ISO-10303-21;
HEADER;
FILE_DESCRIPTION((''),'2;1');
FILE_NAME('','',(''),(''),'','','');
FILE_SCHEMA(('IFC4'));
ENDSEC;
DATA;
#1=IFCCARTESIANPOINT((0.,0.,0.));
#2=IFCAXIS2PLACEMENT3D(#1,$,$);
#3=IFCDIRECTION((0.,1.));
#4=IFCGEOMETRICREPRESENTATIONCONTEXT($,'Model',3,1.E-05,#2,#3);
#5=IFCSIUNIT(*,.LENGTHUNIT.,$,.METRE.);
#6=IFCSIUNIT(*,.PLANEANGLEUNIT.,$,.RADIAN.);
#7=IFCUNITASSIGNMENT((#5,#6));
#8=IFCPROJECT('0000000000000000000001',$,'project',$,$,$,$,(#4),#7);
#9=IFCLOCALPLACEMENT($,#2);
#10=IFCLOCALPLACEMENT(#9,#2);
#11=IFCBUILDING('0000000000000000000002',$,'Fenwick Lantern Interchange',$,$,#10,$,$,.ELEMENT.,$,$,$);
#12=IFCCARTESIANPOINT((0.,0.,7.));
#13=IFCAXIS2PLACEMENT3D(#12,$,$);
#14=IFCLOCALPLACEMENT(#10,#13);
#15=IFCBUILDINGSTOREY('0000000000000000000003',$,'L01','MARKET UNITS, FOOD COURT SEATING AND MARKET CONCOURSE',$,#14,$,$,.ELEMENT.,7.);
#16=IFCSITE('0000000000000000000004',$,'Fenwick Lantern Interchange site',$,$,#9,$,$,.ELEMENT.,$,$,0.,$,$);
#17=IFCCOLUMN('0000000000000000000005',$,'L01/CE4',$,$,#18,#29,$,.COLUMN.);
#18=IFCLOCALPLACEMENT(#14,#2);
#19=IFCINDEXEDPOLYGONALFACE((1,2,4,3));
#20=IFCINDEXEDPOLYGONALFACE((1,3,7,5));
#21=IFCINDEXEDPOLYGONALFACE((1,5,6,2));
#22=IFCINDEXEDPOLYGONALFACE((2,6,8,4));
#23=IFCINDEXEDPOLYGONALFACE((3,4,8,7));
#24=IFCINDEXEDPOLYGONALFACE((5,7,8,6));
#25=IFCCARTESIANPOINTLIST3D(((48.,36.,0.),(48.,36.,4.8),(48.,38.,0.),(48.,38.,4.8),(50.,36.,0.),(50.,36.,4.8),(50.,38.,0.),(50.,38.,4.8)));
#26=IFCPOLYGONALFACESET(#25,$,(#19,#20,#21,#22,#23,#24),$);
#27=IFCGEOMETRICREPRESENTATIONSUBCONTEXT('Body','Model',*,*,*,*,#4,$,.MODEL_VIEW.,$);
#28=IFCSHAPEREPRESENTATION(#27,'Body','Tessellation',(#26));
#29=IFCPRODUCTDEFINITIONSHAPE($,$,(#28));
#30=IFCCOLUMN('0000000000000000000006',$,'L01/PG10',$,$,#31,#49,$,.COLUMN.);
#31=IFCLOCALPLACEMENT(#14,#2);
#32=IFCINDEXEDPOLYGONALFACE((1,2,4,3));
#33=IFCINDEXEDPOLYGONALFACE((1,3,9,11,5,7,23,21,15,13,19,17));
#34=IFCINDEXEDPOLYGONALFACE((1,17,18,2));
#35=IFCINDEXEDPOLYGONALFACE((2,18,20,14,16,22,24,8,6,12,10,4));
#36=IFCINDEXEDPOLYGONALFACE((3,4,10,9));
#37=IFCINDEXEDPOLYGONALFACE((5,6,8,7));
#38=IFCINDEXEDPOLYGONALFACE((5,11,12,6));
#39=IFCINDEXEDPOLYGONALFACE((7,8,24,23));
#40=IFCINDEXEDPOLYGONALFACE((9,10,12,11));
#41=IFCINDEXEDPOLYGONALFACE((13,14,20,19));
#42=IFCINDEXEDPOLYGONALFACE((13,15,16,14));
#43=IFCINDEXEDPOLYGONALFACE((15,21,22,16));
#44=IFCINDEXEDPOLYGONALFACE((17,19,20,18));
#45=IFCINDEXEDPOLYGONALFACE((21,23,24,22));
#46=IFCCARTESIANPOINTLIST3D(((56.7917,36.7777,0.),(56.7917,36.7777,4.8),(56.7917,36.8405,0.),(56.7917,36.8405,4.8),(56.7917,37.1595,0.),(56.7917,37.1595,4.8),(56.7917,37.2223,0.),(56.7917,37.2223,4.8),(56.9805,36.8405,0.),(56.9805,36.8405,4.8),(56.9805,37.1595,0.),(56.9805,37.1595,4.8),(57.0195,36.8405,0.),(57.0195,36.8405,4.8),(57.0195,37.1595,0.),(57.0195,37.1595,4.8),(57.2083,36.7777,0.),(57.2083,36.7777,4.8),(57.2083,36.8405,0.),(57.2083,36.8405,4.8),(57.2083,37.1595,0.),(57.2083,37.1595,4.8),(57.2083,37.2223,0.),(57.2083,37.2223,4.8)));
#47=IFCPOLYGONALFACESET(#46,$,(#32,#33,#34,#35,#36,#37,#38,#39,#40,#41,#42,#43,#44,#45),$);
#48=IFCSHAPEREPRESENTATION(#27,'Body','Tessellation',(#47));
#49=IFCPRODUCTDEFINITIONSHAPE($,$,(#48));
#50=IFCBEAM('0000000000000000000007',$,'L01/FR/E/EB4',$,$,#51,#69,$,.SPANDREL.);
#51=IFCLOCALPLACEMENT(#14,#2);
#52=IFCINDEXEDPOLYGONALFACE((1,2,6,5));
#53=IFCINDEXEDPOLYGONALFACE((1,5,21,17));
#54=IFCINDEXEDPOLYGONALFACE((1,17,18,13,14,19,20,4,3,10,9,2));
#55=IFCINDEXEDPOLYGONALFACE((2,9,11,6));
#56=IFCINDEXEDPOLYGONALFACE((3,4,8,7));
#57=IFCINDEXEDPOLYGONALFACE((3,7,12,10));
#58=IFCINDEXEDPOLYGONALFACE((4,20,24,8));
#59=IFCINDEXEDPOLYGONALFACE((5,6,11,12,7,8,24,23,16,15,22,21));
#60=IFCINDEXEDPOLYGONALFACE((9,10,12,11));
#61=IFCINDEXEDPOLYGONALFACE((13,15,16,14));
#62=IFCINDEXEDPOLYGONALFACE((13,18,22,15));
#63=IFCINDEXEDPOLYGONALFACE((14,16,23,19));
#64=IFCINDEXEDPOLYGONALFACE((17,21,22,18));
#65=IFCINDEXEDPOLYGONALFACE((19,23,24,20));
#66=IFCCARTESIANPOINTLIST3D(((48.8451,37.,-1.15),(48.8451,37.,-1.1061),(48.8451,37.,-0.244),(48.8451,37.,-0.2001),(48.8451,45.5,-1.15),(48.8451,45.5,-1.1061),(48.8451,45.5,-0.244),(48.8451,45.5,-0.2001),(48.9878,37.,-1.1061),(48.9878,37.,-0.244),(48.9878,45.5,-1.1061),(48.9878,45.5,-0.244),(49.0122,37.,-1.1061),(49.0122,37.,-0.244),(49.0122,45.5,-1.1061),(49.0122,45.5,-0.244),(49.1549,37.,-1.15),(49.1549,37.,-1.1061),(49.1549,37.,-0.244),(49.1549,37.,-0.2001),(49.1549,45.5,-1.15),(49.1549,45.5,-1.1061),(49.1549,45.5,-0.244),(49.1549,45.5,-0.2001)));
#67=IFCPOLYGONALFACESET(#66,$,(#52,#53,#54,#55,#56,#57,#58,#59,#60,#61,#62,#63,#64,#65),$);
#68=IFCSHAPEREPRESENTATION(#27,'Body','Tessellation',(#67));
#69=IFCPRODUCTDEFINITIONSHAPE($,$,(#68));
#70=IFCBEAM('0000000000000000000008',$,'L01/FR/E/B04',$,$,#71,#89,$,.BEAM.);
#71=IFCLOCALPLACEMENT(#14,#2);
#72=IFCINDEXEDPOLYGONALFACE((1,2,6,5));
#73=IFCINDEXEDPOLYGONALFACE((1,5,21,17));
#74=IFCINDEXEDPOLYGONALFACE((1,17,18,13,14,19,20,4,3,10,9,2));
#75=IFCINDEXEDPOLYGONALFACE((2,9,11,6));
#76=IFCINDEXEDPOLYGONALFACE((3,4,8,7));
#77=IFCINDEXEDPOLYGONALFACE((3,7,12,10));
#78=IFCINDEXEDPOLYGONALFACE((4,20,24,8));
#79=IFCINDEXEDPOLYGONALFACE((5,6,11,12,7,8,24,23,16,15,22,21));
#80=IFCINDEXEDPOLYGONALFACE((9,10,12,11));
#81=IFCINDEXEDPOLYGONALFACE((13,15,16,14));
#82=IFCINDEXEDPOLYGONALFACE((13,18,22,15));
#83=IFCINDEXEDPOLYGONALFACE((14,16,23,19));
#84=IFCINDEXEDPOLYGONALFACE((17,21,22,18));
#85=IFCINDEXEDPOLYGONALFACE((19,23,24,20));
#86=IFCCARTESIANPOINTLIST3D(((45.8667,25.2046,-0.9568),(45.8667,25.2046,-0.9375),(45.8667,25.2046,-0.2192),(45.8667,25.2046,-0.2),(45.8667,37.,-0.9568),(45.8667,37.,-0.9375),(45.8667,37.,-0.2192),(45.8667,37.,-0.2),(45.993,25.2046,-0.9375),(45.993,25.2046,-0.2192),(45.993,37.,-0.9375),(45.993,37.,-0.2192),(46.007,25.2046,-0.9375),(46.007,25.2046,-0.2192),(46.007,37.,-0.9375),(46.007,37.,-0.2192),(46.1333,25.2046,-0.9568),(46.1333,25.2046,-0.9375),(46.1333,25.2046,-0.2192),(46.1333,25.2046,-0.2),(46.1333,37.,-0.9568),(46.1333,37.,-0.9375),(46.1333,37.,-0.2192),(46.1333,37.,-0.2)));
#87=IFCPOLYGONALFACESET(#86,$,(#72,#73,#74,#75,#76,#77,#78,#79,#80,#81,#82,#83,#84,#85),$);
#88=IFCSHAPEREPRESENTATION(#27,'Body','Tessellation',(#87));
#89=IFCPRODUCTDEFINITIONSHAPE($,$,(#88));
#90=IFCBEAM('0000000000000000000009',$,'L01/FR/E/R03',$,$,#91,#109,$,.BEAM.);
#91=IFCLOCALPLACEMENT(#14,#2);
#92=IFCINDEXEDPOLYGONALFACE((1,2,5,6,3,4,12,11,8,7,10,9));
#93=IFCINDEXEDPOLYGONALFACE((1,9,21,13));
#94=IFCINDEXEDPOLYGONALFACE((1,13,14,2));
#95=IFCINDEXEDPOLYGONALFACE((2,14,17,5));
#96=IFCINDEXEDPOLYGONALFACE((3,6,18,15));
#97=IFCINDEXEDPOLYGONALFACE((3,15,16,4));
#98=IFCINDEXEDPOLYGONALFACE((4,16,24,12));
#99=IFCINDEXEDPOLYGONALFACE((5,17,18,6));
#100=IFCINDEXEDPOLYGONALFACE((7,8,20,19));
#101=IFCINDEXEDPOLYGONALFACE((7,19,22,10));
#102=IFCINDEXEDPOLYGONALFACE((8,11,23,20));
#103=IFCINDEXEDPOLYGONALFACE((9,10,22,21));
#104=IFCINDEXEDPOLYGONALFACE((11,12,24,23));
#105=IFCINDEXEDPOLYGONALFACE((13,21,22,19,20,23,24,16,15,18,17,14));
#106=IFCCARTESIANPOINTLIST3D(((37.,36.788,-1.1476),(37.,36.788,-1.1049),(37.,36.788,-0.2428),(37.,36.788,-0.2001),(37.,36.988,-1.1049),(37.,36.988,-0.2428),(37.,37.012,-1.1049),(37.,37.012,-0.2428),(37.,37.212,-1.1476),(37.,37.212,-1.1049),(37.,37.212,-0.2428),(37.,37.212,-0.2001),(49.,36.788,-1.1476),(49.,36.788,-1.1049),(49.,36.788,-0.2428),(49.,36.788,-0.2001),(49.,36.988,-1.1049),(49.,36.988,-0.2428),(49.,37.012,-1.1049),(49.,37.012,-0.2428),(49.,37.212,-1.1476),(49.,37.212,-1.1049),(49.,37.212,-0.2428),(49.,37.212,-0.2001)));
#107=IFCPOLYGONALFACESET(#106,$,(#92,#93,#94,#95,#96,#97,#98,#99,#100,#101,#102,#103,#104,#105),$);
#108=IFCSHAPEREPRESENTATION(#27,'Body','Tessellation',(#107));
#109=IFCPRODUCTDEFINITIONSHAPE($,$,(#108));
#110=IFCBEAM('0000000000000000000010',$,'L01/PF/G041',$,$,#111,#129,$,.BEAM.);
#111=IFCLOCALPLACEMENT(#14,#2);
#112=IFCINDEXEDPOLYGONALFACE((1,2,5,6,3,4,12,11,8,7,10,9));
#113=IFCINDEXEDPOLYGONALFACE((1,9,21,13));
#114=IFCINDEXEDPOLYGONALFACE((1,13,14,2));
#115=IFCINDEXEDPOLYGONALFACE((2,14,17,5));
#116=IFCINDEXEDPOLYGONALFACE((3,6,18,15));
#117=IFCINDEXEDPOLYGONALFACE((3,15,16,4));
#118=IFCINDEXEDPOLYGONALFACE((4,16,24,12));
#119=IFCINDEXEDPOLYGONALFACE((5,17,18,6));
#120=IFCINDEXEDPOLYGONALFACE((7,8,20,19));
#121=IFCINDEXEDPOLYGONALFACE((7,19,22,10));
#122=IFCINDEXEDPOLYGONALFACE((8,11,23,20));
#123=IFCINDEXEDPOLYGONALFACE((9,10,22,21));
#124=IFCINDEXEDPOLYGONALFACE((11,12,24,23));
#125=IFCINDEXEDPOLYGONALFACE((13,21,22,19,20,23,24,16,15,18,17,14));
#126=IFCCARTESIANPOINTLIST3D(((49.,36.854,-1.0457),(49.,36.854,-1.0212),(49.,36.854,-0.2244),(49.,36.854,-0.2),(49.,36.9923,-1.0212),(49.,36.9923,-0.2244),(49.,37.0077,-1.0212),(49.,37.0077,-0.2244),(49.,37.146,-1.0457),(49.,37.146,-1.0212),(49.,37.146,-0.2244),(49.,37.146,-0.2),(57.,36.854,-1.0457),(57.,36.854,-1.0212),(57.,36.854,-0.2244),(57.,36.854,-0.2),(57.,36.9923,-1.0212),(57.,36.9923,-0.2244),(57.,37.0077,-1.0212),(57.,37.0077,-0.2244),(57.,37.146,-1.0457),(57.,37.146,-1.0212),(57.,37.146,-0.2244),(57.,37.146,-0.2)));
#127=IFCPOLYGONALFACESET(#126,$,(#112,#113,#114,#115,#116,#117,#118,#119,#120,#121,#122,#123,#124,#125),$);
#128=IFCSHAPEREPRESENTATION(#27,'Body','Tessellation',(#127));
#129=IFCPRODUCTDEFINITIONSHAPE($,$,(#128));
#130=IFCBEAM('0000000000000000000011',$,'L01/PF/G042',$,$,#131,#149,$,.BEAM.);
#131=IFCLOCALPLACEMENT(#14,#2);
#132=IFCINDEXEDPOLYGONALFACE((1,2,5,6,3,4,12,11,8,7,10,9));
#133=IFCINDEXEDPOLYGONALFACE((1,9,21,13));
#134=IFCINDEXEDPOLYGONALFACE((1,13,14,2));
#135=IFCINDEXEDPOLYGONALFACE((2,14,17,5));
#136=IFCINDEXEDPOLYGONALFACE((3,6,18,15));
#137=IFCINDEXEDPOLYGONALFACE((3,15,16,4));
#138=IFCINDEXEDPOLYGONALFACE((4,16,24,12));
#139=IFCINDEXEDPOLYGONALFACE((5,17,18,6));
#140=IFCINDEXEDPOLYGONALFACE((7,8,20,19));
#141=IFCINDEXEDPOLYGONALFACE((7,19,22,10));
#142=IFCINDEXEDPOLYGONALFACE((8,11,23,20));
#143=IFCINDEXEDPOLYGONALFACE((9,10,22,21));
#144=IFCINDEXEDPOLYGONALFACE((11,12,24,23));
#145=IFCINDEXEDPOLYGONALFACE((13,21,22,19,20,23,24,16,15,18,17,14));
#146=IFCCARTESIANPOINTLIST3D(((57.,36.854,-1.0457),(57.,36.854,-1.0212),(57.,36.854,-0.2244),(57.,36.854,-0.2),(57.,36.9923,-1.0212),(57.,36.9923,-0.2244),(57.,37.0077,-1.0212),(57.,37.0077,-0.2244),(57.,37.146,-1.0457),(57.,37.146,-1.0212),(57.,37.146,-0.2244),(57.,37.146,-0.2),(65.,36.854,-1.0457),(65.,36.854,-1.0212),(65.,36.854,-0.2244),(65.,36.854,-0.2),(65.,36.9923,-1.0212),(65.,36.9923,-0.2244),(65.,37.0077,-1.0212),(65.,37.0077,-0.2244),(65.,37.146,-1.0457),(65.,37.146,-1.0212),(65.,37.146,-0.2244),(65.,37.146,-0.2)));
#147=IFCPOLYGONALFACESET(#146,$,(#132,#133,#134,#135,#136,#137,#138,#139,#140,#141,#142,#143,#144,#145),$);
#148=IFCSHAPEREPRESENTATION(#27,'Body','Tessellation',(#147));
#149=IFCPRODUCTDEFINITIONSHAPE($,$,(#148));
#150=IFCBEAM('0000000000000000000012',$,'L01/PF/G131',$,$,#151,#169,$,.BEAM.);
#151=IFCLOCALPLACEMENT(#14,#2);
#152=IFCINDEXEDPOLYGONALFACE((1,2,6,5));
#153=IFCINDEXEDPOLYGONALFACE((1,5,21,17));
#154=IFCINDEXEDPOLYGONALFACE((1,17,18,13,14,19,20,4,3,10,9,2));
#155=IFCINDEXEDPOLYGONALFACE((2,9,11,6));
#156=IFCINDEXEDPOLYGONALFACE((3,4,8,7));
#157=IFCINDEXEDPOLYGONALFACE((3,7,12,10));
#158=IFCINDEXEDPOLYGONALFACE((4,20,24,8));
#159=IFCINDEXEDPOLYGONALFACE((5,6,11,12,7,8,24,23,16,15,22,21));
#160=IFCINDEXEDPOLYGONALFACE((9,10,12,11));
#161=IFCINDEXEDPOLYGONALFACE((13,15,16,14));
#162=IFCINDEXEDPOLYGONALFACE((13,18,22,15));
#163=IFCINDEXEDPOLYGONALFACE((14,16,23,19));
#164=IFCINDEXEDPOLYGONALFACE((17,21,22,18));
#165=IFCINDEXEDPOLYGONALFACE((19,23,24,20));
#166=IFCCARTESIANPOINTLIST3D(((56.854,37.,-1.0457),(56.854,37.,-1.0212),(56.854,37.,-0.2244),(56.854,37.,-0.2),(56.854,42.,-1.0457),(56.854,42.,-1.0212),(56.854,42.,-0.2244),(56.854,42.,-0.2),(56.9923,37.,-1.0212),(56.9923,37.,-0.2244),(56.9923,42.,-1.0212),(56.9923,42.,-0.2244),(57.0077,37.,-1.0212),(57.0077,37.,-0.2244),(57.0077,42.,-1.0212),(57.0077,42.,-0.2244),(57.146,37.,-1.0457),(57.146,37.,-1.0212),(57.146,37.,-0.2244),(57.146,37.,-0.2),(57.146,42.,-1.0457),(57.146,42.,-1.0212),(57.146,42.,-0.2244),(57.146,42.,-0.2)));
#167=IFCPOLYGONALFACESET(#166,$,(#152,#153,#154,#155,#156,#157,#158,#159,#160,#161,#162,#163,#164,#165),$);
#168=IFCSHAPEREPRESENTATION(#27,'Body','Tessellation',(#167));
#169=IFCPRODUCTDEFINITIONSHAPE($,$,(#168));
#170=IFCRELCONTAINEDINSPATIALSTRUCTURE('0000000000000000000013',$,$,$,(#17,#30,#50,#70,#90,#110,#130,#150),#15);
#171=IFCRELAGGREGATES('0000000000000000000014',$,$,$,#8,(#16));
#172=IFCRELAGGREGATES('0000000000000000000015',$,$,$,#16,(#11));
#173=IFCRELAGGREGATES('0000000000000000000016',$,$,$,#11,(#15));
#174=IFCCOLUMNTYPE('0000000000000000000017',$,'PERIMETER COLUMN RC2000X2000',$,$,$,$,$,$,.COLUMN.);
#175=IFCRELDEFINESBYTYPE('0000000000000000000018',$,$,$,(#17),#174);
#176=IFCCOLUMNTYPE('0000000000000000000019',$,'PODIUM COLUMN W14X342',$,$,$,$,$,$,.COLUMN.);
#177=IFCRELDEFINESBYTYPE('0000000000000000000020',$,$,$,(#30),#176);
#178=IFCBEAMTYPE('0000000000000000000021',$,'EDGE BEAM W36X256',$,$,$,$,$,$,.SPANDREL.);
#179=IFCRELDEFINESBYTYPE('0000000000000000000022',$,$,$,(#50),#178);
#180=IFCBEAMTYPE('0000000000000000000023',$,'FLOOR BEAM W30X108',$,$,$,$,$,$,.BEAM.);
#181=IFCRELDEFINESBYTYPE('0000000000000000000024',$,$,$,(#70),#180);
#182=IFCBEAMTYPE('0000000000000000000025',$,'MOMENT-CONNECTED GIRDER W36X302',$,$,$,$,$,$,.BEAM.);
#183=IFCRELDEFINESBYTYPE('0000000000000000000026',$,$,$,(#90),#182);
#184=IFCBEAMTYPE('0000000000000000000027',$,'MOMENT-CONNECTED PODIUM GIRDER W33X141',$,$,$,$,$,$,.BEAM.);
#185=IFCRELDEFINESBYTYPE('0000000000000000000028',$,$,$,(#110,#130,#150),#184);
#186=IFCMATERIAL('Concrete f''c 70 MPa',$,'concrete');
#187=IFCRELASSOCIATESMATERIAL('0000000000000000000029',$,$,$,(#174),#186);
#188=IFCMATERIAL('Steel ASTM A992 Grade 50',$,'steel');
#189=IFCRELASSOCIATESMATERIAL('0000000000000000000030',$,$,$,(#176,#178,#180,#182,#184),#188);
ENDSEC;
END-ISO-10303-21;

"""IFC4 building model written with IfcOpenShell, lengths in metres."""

from ifc_helpers import new_model, si_unit, direction, frame, origin, origin_2d, place, context, subcontext, project, spatial, rectangle, i_section, extrude, material, material_profile, profile_set, type_object, element, save


model = new_model("IFC4")

# Units and contexts
model_context = context("Model", 3, precision=1e-05, world=origin(), true_north=direction((0.0, 1.0)))
body_context = subcontext(model_context, "Body", "Model", "MODEL_VIEW")
ifc_project = project(units=[si_unit("LENGTHUNIT", "METRE"), si_unit("PLANEANGLEUNIT", "RADIAN")], contexts=[model_context])

# Site, building, storey
site_placement = place(None, origin())
site = spatial("IfcSite", under=ifc_project, at=site_placement, Name="Fenwick Lantern Interchange site", CompositionType="ELEMENT", RefElevation=0.0)
building_placement = place(site_placement, origin())
building = spatial("IfcBuilding", under=site, at=building_placement, Name="Fenwick Lantern Interchange", CompositionType="ELEMENT")
storey_placement = place(building_placement, frame((0.0, 0.0, 7.0)))
storey = spatial("IfcBuildingStorey", under=building, at=storey_placement, Name="L01", Description="MARKET UNITS, FOOD COURT SEATING AND MARKET CONCOURSE", CompositionType="ELEMENT", Elevation=7.0)

# Columns
ifc_material_1 = material(Name="Concrete f'c 70 MPa", Category="concrete")
ifc_material_profile_1 = material_profile(ifc_material_1, rectangle(XDim=2.0, YDim=2.0, at=origin_2d()), Name="RC2000X2000")
ifc_profile_set_1 = profile_set([ifc_material_profile_1], Name="Concrete f'c 70 MPa")
column_type_1 = type_object("IfcColumnType", Name="PERIMETER COLUMN RC2000X2000", PredefinedType="COLUMN", material=ifc_profile_set_1)
column_1_placement = place(storey_placement, frame((49.0, 37.0, 0.0), z_axis=(0.0, 0.0, 1.0), x_axis=(1.0, 0.0, 0.0)))
element("IfcColumn", 1, at=column_1_placement, inside=storey, type_object=column_type_1, Name="L01/CE4", PredefinedType="COLUMN", context=body_context, shape_type="SweptSolid", body=[
    extrude(rectangle(XDim=2.0, YDim=2.0, at=origin_2d()), origin(), (0.0, 0.0, 1.0), 4.8),
])
ifc_material_2 = material(Name="Steel ASTM A992 Grade 50", Category="steel")
ifc_material_profile_2 = material_profile(ifc_material_2, i_section(OverallWidth=0.4165, OverallDepth=0.4446, WebThickness=0.0391, FlangeThickness=0.0627, at=origin_2d()), Name="W14X342")
ifc_profile_set_2 = profile_set([ifc_material_profile_2], Name="Steel ASTM A992 Grade 50")
column_type_2 = type_object("IfcColumnType", Name="PODIUM COLUMN W14X342", PredefinedType="COLUMN", material=ifc_profile_set_2)
column_2_placement = place(storey_placement, frame((57.0, 37.0, 0.0), z_axis=(0.0, 0.0, 1.0), x_axis=(1.0, 0.0, 0.0)))
element("IfcColumn", 2, at=column_2_placement, inside=storey, type_object=column_type_2, Name="L01/PG10", PredefinedType="COLUMN", context=body_context, shape_type="SweptSolid", body=[
    extrude(i_section(OverallWidth=0.4165, OverallDepth=0.4446, WebThickness=0.0391, FlangeThickness=0.0627, at=origin_2d()), origin(), (0.0, 0.0, 1.0), 4.8),
])

# Beams
ifc_material_profile_3 = material_profile(ifc_material_2, i_section(OverallWidth=0.3098, OverallDepth=0.95, WebThickness=0.0244, FlangeThickness=0.0439, at=origin_2d()), Name="W36X256")
ifc_profile_set_3 = profile_set([ifc_material_profile_3], Name="Steel ASTM A992 Grade 50")
beam_type_1 = type_object("IfcBeamType", Name="EDGE BEAM W36X256", PredefinedType="SPANDREL", material=ifc_profile_set_3)
beam_1_placement = place(storey_placement, frame((49.0, 37.0, -0.675), z_axis=(0.0, 1.0, 0.0), x_axis=(-1.0, 0.0, 0.0)))
element("IfcBeam", 3, at=beam_1_placement, inside=storey, type_object=beam_type_1, Name="L01/FR/E/EB4", PredefinedType="SPANDREL", context=body_context, shape_type="SweptSolid", body=[
    extrude(i_section(OverallWidth=0.3098, OverallDepth=0.95, WebThickness=0.0244, FlangeThickness=0.0439, at=origin_2d()), origin(), (0.0, 0.0, 1.0), 8.5),
])
ifc_material_profile_4 = material_profile(ifc_material_2, i_section(OverallWidth=0.2666, OverallDepth=0.7568, WebThickness=0.0139, FlangeThickness=0.0193, at=origin_2d()), Name="W30X108")
ifc_profile_set_4 = profile_set([ifc_material_profile_4], Name="Steel ASTM A992 Grade 50")
beam_type_2 = type_object("IfcBeamType", Name="FLOOR BEAM W30X108", PredefinedType="BEAM", material=ifc_profile_set_4)
beam_2_placement = place(storey_placement, frame((46.0, 25.2046, -0.5784), z_axis=(0.0, 1.0, 0.0), x_axis=(-1.0, 0.0, 0.0)))
element("IfcBeam", 4, at=beam_2_placement, inside=storey, type_object=beam_type_2, Name="L01/FR/E/B04", PredefinedType="BEAM", context=body_context, shape_type="SweptSolid", body=[
    extrude(i_section(OverallWidth=0.2666, OverallDepth=0.7568, WebThickness=0.0139, FlangeThickness=0.0193, at=origin_2d()), origin(), (0.0, 0.0, 1.0), 11.7954),
])
ifc_material_profile_5 = material_profile(ifc_material_2, i_section(OverallWidth=0.4241, OverallDepth=0.9475, WebThickness=0.0239, FlangeThickness=0.0427, at=origin_2d()), Name="W36X302")
ifc_profile_set_5 = profile_set([ifc_material_profile_5], Name="Steel ASTM A992 Grade 50")
beam_type_3 = type_object("IfcBeamType", Name="MOMENT-CONNECTED GIRDER W36X302", PredefinedType="BEAM", material=ifc_profile_set_5)
beam_3_placement = place(storey_placement, frame((49.0, 37.0, -0.6738), z_axis=(-1.0, 0.0, 0.0), x_axis=(0.0, -1.0, 0.0)))
element("IfcBeam", 5, at=beam_3_placement, inside=storey, type_object=beam_type_3, Name="L01/FR/E/R03", PredefinedType="BEAM", context=body_context, shape_type="SweptSolid", body=[
    extrude(i_section(OverallWidth=0.4241, OverallDepth=0.9475, WebThickness=0.0239, FlangeThickness=0.0427, at=origin_2d()), origin(), (0.0, 0.0, 1.0), 12.0),
])
ifc_material_profile_6 = material_profile(ifc_material_2, i_section(OverallWidth=0.292, OverallDepth=0.8457, WebThickness=0.0154, FlangeThickness=0.0244, at=origin_2d()), Name="W33X141")
ifc_profile_set_6 = profile_set([ifc_material_profile_6], Name="Steel ASTM A992 Grade 50")
beam_type_4 = type_object("IfcBeamType", Name="MOMENT-CONNECTED PODIUM GIRDER W33X141", PredefinedType="BEAM", material=ifc_profile_set_6)
for number, where, z_axis, x_axis, name in (
    (6, (49.0, 37.0, -0.6228), (1.0, 0.0, 0.0), (0.0, 1.0, 0.0), "L01/PF/G041"),
    (7, (57.0, 37.0, -0.6228), (1.0, 0.0, 0.0), (0.0, 1.0, 0.0), "L01/PF/G042"),
):
    element("IfcBeam", number, at=place(storey_placement, frame(where, z_axis=z_axis, x_axis=x_axis)), inside=storey, type_object=beam_type_4, Name=name, PredefinedType="BEAM", context=body_context, shape_type="SweptSolid", body=[
        extrude(i_section(OverallWidth=0.292, OverallDepth=0.8457, WebThickness=0.0154, FlangeThickness=0.0244, at=origin_2d()), origin(), (0.0, 0.0, 1.0), 8.0),
    ])
beam_4_placement = place(storey_placement, frame((57.0, 37.0, -0.6228), z_axis=(0.0, 1.0, 0.0), x_axis=(-1.0, 0.0, 0.0)))
element("IfcBeam", 8, at=beam_4_placement, inside=storey, type_object=beam_type_4, Name="L01/PF/G131", PredefinedType="BEAM", context=body_context, shape_type="SweptSolid", body=[
    extrude(i_section(OverallWidth=0.292, OverallDepth=0.8457, WebThickness=0.0154, FlangeThickness=0.0244, at=origin_2d()), origin(), (0.0, 0.0, 1.0), 5.0),
])

save(model, "model.ifc")
